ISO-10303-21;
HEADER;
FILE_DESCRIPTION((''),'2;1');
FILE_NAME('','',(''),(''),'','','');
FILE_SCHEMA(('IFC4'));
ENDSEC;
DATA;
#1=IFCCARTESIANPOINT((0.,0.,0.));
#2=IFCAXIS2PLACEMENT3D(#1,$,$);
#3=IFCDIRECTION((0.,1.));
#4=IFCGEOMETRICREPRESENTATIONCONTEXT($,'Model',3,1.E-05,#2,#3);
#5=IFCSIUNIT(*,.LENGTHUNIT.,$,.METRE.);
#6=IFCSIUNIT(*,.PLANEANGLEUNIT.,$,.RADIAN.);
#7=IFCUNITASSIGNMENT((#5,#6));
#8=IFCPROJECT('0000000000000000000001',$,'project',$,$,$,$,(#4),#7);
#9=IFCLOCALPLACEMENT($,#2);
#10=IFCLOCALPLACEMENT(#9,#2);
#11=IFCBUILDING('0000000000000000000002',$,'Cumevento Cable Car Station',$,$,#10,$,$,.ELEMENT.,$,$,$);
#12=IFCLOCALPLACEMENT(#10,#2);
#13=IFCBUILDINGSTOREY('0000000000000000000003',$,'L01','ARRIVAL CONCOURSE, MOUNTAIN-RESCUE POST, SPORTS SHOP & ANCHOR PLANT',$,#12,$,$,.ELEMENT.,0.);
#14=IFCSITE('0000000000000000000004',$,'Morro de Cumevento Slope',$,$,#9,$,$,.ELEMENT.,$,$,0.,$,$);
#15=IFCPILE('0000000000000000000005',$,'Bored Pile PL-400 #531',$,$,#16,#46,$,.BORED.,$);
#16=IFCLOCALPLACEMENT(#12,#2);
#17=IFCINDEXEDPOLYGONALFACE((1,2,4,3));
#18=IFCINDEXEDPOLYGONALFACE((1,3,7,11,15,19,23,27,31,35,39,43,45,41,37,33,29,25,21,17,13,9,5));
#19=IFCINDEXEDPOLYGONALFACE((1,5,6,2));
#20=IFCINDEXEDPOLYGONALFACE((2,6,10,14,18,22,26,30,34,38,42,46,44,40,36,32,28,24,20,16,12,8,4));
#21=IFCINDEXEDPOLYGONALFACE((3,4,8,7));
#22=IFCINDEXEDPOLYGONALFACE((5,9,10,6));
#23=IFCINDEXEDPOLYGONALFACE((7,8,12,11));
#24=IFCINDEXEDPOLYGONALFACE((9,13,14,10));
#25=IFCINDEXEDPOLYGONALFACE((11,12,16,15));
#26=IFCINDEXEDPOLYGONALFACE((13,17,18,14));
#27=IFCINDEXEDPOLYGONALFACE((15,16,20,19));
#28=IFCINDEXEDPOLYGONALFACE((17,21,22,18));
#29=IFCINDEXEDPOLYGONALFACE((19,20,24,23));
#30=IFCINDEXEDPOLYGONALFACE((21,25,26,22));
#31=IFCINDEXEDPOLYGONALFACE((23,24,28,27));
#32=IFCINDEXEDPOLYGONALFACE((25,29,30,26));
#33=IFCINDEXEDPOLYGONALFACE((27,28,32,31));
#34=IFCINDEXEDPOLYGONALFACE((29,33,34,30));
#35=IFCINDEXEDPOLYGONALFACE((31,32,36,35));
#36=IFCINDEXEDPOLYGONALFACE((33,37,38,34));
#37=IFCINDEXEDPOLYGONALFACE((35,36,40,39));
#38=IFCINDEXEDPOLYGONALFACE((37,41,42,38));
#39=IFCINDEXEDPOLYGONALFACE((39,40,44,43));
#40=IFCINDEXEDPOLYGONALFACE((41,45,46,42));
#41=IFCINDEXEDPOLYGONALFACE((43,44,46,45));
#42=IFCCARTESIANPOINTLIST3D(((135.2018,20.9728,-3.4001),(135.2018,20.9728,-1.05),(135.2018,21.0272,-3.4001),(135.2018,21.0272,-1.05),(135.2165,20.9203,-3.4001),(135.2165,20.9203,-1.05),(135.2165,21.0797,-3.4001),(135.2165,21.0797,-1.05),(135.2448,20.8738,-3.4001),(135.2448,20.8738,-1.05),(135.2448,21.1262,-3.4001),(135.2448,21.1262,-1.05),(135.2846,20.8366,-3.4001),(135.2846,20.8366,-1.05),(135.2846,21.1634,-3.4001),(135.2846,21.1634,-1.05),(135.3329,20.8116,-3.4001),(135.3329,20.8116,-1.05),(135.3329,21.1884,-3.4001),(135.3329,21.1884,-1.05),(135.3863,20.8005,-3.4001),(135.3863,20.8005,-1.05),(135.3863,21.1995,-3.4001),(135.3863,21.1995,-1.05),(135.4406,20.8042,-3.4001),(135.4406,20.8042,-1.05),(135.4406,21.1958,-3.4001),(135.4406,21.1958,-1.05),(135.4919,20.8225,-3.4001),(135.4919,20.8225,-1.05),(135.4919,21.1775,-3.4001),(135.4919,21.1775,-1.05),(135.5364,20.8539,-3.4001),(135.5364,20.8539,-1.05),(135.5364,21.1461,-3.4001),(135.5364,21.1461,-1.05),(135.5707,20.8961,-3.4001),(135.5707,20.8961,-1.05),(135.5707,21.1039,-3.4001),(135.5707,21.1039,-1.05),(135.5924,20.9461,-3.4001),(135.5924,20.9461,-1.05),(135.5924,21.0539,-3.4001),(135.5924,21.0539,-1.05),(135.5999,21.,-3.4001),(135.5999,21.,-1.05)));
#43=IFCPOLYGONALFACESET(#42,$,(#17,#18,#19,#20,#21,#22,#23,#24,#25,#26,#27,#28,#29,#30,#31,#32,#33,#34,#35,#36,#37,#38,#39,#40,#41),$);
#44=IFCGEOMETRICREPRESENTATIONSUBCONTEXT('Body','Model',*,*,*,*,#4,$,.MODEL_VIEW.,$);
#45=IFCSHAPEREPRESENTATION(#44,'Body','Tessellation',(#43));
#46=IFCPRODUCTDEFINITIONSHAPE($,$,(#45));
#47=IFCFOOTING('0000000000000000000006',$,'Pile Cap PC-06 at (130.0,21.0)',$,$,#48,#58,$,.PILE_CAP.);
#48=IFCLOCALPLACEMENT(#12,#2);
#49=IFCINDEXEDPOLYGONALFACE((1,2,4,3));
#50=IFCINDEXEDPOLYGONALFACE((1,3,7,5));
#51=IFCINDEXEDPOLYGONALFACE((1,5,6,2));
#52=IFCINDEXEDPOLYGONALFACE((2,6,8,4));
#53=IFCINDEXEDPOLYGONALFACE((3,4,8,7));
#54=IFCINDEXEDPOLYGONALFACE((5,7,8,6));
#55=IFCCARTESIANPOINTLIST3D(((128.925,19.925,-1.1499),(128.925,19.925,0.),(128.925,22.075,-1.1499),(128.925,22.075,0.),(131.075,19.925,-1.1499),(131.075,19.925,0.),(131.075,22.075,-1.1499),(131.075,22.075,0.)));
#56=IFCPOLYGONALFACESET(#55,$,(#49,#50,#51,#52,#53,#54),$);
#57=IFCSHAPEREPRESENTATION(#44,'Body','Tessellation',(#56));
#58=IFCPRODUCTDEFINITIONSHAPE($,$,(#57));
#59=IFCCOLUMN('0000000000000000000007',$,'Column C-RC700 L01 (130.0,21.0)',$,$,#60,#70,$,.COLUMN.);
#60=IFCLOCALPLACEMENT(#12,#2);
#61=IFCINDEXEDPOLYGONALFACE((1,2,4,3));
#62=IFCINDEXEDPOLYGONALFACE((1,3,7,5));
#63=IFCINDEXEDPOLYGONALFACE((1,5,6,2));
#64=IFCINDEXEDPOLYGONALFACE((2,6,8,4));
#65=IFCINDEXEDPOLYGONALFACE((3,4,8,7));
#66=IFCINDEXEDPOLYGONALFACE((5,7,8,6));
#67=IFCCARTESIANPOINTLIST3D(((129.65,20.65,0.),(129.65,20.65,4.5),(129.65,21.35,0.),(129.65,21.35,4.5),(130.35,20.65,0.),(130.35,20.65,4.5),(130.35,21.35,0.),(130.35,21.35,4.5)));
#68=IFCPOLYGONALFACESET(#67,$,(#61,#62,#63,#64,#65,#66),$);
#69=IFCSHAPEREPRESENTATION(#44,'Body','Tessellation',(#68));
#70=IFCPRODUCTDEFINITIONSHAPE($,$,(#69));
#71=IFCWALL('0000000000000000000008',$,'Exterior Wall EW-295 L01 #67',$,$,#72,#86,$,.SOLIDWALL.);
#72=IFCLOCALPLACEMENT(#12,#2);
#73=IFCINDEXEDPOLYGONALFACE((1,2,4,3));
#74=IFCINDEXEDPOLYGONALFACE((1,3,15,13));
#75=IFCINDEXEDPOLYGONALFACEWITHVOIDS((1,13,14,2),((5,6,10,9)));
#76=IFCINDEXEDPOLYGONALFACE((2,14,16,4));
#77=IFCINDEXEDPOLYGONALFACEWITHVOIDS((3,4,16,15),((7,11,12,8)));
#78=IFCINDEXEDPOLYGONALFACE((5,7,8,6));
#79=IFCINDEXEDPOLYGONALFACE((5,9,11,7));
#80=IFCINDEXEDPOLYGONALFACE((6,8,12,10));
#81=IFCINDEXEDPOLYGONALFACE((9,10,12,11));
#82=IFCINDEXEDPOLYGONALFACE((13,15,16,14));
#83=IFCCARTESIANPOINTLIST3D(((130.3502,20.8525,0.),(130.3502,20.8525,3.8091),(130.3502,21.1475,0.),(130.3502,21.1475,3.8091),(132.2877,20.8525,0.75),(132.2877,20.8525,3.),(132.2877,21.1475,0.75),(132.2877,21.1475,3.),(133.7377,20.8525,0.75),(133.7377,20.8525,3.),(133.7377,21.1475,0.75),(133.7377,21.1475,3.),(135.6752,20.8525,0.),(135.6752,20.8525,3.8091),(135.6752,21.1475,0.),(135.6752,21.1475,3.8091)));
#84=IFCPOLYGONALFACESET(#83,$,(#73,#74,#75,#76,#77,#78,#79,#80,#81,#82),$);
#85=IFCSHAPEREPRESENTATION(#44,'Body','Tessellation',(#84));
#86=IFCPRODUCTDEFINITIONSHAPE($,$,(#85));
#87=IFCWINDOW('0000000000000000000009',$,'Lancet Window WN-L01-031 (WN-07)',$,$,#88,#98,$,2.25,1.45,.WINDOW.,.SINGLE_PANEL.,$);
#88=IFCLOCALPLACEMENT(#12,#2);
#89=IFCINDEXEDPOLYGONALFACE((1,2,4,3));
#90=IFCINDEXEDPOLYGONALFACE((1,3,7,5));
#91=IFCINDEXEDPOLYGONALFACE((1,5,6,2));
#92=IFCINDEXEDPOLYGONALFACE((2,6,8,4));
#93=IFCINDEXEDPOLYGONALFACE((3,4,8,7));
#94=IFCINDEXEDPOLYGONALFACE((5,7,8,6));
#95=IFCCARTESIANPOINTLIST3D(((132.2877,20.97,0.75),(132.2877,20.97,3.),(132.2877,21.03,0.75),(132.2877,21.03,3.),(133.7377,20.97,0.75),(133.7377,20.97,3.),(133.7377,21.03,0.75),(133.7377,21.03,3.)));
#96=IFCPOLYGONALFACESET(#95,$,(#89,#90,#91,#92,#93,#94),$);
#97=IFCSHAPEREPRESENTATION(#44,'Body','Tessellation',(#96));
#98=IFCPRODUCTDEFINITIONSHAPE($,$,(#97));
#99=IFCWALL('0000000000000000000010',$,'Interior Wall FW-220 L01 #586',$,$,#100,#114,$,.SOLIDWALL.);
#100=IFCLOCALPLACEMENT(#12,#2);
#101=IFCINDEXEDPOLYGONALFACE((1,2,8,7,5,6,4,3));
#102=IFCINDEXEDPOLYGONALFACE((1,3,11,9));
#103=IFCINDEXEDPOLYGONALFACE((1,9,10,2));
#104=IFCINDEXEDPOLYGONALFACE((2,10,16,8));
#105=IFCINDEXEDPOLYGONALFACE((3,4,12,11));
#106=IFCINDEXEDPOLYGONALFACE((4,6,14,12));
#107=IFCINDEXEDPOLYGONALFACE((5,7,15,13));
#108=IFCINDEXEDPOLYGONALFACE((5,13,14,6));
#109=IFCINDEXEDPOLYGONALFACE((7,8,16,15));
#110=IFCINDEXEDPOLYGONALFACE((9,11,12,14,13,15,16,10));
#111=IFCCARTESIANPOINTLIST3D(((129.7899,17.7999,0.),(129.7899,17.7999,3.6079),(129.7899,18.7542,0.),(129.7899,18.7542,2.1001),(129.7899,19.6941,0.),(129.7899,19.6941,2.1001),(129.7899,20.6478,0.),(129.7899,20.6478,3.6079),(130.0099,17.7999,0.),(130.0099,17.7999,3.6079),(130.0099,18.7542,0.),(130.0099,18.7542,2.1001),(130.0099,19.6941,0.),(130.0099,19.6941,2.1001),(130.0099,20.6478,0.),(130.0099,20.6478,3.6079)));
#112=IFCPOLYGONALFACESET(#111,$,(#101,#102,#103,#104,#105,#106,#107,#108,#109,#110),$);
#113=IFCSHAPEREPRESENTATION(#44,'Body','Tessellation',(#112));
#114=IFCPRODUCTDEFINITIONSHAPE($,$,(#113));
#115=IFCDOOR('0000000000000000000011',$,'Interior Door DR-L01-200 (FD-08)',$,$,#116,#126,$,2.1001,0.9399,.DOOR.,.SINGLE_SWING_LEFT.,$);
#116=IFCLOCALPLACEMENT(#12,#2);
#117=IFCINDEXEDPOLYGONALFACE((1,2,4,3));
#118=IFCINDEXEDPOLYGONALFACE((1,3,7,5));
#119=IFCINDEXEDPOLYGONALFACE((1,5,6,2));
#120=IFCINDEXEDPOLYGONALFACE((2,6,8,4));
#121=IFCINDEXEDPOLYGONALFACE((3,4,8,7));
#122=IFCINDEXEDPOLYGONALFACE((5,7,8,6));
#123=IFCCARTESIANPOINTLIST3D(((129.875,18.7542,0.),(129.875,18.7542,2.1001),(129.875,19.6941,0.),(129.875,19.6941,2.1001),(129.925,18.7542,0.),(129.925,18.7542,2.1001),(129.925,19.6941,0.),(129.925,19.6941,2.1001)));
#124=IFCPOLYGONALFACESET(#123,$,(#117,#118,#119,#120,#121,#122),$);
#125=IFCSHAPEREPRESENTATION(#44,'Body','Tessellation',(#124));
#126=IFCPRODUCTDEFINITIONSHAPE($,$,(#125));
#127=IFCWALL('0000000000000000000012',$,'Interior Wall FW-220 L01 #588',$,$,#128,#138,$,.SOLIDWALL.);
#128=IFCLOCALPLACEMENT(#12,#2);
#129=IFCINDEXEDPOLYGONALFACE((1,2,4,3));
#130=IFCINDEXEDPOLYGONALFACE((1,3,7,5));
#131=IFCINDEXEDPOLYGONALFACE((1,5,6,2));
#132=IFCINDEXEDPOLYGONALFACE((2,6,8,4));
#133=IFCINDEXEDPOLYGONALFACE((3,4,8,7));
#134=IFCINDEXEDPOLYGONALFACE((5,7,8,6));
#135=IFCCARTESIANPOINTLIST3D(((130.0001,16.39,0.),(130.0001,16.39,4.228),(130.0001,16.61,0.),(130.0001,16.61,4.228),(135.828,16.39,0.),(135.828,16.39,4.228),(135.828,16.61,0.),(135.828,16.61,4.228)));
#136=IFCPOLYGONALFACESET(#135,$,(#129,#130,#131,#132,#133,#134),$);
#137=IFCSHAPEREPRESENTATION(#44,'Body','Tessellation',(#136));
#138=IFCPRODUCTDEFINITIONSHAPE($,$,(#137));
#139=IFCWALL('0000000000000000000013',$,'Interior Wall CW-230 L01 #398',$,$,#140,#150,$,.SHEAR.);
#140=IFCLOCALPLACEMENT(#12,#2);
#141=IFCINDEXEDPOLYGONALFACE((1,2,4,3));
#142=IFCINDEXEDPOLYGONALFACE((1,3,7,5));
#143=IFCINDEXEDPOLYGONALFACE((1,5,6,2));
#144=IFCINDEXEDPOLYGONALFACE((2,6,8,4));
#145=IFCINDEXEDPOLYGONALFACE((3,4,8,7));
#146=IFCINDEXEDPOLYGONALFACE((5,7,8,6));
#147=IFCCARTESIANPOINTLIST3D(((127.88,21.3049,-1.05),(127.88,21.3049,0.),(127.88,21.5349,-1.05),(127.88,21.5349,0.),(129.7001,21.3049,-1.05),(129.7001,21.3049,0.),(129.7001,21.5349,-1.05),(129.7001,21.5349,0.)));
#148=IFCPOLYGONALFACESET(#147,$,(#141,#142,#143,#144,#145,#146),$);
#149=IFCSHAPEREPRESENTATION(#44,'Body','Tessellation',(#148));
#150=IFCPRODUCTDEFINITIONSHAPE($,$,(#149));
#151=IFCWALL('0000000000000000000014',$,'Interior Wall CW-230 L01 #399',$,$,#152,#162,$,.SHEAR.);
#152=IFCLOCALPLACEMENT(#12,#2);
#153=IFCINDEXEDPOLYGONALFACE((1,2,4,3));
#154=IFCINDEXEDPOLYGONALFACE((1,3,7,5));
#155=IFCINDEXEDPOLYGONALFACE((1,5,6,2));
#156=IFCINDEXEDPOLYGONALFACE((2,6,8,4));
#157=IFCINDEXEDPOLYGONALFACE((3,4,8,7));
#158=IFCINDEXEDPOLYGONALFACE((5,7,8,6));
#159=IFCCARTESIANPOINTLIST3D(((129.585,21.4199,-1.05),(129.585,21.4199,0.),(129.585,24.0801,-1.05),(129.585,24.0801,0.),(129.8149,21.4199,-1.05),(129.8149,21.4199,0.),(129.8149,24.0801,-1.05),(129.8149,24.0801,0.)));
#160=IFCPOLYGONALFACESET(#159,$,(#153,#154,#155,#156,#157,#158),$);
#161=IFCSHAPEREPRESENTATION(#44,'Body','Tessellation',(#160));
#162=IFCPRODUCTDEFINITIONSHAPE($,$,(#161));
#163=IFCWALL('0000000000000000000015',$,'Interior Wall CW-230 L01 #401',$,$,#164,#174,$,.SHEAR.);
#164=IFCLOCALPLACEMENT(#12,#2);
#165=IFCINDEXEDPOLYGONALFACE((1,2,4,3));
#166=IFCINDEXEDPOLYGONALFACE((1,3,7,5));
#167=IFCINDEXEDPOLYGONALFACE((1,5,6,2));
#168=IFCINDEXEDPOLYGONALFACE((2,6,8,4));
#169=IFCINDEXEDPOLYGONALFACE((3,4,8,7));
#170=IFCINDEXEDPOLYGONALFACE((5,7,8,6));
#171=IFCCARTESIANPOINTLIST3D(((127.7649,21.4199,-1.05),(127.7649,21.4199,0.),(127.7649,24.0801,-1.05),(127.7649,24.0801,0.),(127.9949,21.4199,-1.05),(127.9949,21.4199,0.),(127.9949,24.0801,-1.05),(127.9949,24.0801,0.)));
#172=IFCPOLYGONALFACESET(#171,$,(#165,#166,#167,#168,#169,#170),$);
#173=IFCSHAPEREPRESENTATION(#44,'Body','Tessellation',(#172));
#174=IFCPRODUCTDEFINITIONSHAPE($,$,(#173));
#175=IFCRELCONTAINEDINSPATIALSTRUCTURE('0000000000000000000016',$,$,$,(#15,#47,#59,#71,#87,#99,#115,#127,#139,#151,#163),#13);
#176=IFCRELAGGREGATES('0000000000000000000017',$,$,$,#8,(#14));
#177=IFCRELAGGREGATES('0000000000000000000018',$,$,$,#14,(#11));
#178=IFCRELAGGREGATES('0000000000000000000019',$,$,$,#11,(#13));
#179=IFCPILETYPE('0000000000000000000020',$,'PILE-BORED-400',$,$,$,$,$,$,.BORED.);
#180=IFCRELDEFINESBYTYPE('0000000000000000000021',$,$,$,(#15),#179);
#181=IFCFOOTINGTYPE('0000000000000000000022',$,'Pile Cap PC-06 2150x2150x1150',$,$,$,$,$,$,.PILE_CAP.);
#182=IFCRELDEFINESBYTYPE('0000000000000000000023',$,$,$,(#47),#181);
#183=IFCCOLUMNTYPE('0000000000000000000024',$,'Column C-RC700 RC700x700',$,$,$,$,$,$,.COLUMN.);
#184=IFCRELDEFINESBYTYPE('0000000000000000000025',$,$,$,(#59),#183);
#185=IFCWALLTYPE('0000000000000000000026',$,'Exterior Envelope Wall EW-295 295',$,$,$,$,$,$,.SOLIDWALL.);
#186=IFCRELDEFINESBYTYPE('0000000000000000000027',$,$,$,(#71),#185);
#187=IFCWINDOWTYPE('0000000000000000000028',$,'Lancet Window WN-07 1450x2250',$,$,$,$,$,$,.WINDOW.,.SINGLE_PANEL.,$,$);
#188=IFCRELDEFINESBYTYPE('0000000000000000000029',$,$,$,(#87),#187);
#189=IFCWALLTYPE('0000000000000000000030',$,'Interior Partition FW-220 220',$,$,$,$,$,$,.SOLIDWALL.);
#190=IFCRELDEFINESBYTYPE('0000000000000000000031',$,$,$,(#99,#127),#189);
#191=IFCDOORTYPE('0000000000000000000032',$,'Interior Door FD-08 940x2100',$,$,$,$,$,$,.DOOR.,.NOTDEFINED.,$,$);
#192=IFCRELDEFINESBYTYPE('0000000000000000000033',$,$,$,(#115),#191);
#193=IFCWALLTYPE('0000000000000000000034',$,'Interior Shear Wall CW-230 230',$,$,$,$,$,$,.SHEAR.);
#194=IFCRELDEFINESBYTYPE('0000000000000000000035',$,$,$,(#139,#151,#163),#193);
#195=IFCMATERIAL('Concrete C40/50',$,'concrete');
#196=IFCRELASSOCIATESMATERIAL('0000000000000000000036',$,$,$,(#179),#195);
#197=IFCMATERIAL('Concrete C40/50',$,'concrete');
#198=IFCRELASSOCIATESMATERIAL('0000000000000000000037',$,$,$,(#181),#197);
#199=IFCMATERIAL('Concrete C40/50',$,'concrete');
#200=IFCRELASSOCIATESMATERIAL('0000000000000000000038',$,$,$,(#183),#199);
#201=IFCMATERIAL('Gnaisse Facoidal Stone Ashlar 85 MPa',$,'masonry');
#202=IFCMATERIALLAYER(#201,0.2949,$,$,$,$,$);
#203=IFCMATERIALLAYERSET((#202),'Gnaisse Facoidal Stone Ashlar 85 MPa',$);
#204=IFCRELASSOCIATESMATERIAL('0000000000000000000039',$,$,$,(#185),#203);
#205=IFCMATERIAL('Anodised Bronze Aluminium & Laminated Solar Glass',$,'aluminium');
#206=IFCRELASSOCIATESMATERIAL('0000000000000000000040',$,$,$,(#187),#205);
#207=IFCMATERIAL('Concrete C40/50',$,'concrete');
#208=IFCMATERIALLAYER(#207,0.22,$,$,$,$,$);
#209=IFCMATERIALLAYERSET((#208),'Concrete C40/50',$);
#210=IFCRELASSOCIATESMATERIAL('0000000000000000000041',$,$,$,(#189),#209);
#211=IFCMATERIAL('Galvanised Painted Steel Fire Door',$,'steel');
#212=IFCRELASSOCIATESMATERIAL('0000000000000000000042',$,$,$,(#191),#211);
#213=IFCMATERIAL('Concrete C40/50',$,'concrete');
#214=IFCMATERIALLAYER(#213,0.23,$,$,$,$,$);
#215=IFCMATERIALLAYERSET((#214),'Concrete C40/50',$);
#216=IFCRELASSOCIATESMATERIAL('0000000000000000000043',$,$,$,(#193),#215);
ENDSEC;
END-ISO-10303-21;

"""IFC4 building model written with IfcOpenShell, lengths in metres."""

from ifc_helpers import new_model, si_unit, direction, frame, frame_2d, origin, origin_2d, place, context, subcontext, project, spatial, rectangle, circle, extrude, material, layer, layer_set, material_profile, profile_set, type_object, element, fill, save


model = new_model("IFC4")

# Units and contexts
model_context = context("Model", 3, precision=1e-05, world=origin(), true_north=direction((0.0, 1.0)))
body_context = subcontext(model_context, "Body", "Model", "MODEL_VIEW")
ifc_project = project(units=[si_unit("LENGTHUNIT", "METRE"), si_unit("PLANEANGLEUNIT", "RADIAN")], contexts=[model_context])

# Site, building, storey
site_placement = place(None, origin())
site = spatial("IfcSite", under=ifc_project, at=site_placement, Name="Morro de Cumevento Slope", CompositionType="ELEMENT", RefElevation=0.0)
building_placement = place(site_placement, origin())
building = spatial("IfcBuilding", under=site, at=building_placement, Name="Cumevento Cable Car Station", CompositionType="ELEMENT")
storey_placement = place(building_placement, origin())
storey = spatial("IfcBuildingStorey", under=building, at=storey_placement, Name="L01", Description="ARRIVAL CONCOURSE, MOUNTAIN-RESCUE POST, SPORTS SHOP & ANCHOR PLANT", CompositionType="ELEMENT", Elevation=0.0)

# Pile
ifc_material_1 = material(Name="Concrete C40/50", Category="concrete")
ifc_material_profile_1 = material_profile(ifc_material_1, circle(Radius=0.2, at=origin_2d()), Name="PILE-D400")
ifc_profile_set_1 = profile_set([ifc_material_profile_1], Name="Concrete C40/50")
pile_type = type_object("IfcPileType", Name="PILE-BORED-400", PredefinedType="BORED", material=ifc_profile_set_1)
pile_placement = place(storey_placement, frame((135.3999, 21.0, -1.05), z_axis=(0.0, 0.0, -1.0), x_axis=(1.0, 0.0, 0.0)))
element("IfcPile", 1, at=pile_placement, inside=storey, type_object=pile_type, Name="Bored Pile PL-400 #531", PredefinedType="BORED", context=body_context, shape_type="SweptSolid", body=[
    extrude(circle(Radius=0.2, at=origin_2d()), origin(), (0.0, 0.0, 1.0), 2.3501),
])

# Footing
ifc_material_2 = material(Name="Concrete C40/50", Category="concrete")
footing_type = type_object("IfcFootingType", Name="Pile Cap PC-06 2150x2150x1150", PredefinedType="PILE_CAP", material=ifc_material_2)
footing_placement = place(storey_placement, frame((130.0, 21.0, -1.1499), z_axis=(0.0, 0.0, 1.0), x_axis=(1.0, 0.0, 0.0)))
element("IfcFooting", 2, at=footing_placement, inside=storey, type_object=footing_type, Name="Pile Cap PC-06 at (130.0,21.0)", PredefinedType="PILE_CAP", context=body_context, shape_type="SweptSolid", body=[
    extrude(rectangle(XDim=2.1499, YDim=2.1499, at=origin_2d()), origin(), (0.0, 0.0, 1.0), 1.1499),
])

# Column
ifc_material_3 = material(Name="Concrete C40/50", Category="concrete")
ifc_material_profile_2 = material_profile(ifc_material_3, rectangle(XDim=0.7, YDim=0.7, at=origin_2d()), Name="RC700x700")
ifc_profile_set_2 = profile_set([ifc_material_profile_2], Name="Concrete C40/50")
column_type = type_object("IfcColumnType", Name="Column C-RC700 RC700x700", PredefinedType="COLUMN", material=ifc_profile_set_2)
column_placement = place(storey_placement, frame((130.0, 21.0, 0.0), z_axis=(0.0, 0.0, 1.0), x_axis=(1.0, 0.0, 0.0)))
element("IfcColumn", 3, at=column_placement, inside=storey, type_object=column_type, Name="Column C-RC700 L01 (130.0,21.0)", PredefinedType="COLUMN", context=body_context, shape_type="SweptSolid", body=[
    extrude(rectangle(XDim=0.7, YDim=0.7, at=origin_2d()), origin(), (0.0, 0.0, 1.0), 4.5),
])

# Wall, opening, window
ifc_material_4 = material(Name="Gnaisse Facoidal Stone Ashlar 85 MPa", Category="masonry")
ifc_layer_1 = layer(ifc_material_4, 0.2949)
ifc_layer_set_1 = layer_set([ifc_layer_1], Name="Gnaisse Facoidal Stone Ashlar 85 MPa")
wall_type_1 = type_object("IfcWallType", Name="Exterior Envelope Wall EW-295 295", PredefinedType="SOLIDWALL", material=ifc_layer_set_1)
wall_1_placement = place(storey_placement, frame((130.3501, 21.0, 0.0), z_axis=(0.0, 0.0, 1.0), x_axis=(1.0, 0.0, 0.0)))
wall_1 = element("IfcWall", 4, at=wall_1_placement, inside=storey, type_object=wall_type_1, Name="Exterior Wall EW-295 L01 #67", PredefinedType="SOLIDWALL", context=body_context, shape_type="SweptSolid", body=[
    extrude(rectangle(XDim=5.325, YDim=0.2949, at=frame_2d((2.6626, 0.0))), origin(), (0.0, 0.0, 1.0), 3.8091),
])
opening_1_placement = place(wall_1_placement, frame((1.9375, 0.0, 0.75)))
opening_1 = element("IfcOpeningElement", 5, at=opening_1_placement, cuts=wall_1, PredefinedType="OPENING", context=body_context, shape_type="SweptSolid", body=[
    extrude(rectangle(XDim=1.45, YDim=2.25, at=frame_2d((0.7251, 1.125))), frame((0.0, 0.1575, 0.0), z_axis=(0.0, -1.0, 0.0), x_axis=(1.0, 0.0, 0.0)), (0.0, 0.0, 1.0), 0.3149),
])
ifc_material_5 = material(Name="Anodised Bronze Aluminium & Laminated Solar Glass", Category="aluminium")
window_type = type_object("IfcWindowType", Name="Lancet Window WN-07 1450x2250", PartitioningType="SINGLE_PANEL", PredefinedType="WINDOW", material=ifc_material_5)
window_placement = place(opening_1_placement, origin())
window = element("IfcWindow", 6, at=window_placement, inside=storey, type_object=window_type, Name="Lancet Window WN-L01-031 (WN-07)", OverallHeight=2.25, OverallWidth=1.45, PartitioningType="SINGLE_PANEL", PredefinedType="WINDOW", context=body_context, shape_type="SweptSolid", body=[
    extrude(rectangle(XDim=1.45, YDim=2.25, at=frame_2d((0.7251, 1.125))), frame((0.0, 0.03, 0.0), z_axis=(0.0, -1.0, 0.0), x_axis=(1.0, 0.0, 0.0)), (0.0, 0.0, 1.0), 0.0601),
])
fill(opening_1, window)

# Wall, opening, door
ifc_material_6 = material(Name="Concrete C40/50", Category="concrete")
ifc_layer_2 = layer(ifc_material_6, 0.22)
ifc_layer_set_2 = layer_set([ifc_layer_2], Name="Concrete C40/50")
wall_type_2 = type_object("IfcWallType", Name="Interior Partition FW-220 220", PredefinedType="SOLIDWALL", material=ifc_layer_set_2)
wall_2_placement = place(storey_placement, frame((129.8999, 17.8, 0.0), z_axis=(0.0, 0.0, 1.0), x_axis=(0.0, 1.0, 0.0)))
wall_2 = element("IfcWall", 7, at=wall_2_placement, inside=storey, type_object=wall_type_2, Name="Interior Wall FW-220 L01 #586", PredefinedType="SOLIDWALL", context=body_context, shape_type="SweptSolid", body=[
    extrude(rectangle(XDim=2.8479, YDim=0.22, at=frame_2d((1.4238, 0.0))), origin(), (0.0, 0.0, 1.0), 3.6079),
])
opening_2_placement = place(wall_2_placement, frame((0.9541, 0.0, 0.0)))
opening_2 = element("IfcOpeningElement", 8, at=opening_2_placement, cuts=wall_2, PredefinedType="OPENING", context=body_context, shape_type="SweptSolid", body=[
    extrude(rectangle(XDim=0.9399, YDim=2.1001, at=frame_2d((0.47, 1.05))), frame((0.0, 0.1199, 0.0), z_axis=(0.0, -1.0, 0.0), x_axis=(1.0, 0.0, 0.0)), (0.0, 0.0, 1.0), 0.24),
])
ifc_material_7 = material(Name="Galvanised Painted Steel Fire Door", Category="steel")
door_type_1 = type_object("IfcDoorType", Name="Interior Door FD-08 940x2100", OperationType="NOTDEFINED", PredefinedType="DOOR", material=ifc_material_7)
door_1_placement = place(opening_2_placement, origin())
door_1 = element("IfcDoor", 9, at=door_1_placement, inside=storey, type_object=door_type_1, Name="Interior Door DR-L01-200 (FD-08)", OperationType="SINGLE_SWING_LEFT", OverallHeight=2.1001, OverallWidth=0.9399, PredefinedType="DOOR", context=body_context, shape_type="SweptSolid", body=[
    extrude(rectangle(XDim=0.9399, YDim=2.1001, at=frame_2d((0.47, 1.05))), frame((0.0, 0.0249, 0.0), z_axis=(0.0, -1.0, 0.0), x_axis=(1.0, 0.0, 0.0)), (0.0, 0.0, 1.0), 0.05),
])
fill(opening_2, door_1)

# Walls
wall_3_placement = place(storey_placement, frame((130.0, 16.5, 0.0), z_axis=(0.0, 0.0, 1.0), x_axis=(1.0, 0.0, 0.0)))
element("IfcWall", 10, at=wall_3_placement, inside=storey, type_object=wall_type_2, Name="Interior Wall FW-220 L01 #588", PredefinedType="SOLIDWALL", context=body_context, shape_type="SweptSolid", body=[
    extrude(rectangle(XDim=5.8279, YDim=0.22, at=frame_2d((2.9141, 0.0))), origin(), (0.0, 0.0, 1.0), 4.228),
])
ifc_material_8 = material(Name="Concrete C40/50", Category="concrete")
ifc_layer_3 = layer(ifc_material_8, 0.23)
ifc_layer_set_3 = layer_set([ifc_layer_3], Name="Concrete C40/50")
wall_type_3 = type_object("IfcWallType", Name="Interior Shear Wall CW-230 230", PredefinedType="SHEAR", material=ifc_layer_set_3)
wall_4_placement = place(storey_placement, frame((127.8799, 21.4199, -1.05), z_axis=(0.0, 0.0, 1.0), x_axis=(1.0, 0.0, 0.0)))
element("IfcWall", 11, at=wall_4_placement, inside=storey, type_object=wall_type_3, Name="Interior Wall CW-230 L01 #398", PredefinedType="SHEAR", context=body_context, shape_type="SweptSolid", body=[
    extrude(rectangle(XDim=1.8201, YDim=0.23, at=frame_2d((0.9102, 0.0))), origin(), (0.0, 0.0, 1.0), 1.05),
])
for number, where, z_axis, x_axis, name in (
    (12, (129.7, 21.4199, -1.05), (0.0, 0.0, 1.0), (0.0, 1.0, 0.0), "Interior Wall CW-230 L01 #399"),
    (13, (127.8799, 24.0801, -1.05), (0.0, 0.0, 1.0), (0.0, -1.0, 0.0), "Interior Wall CW-230 L01 #401"),
):
    element("IfcWall", number, at=place(storey_placement, frame(where, z_axis=z_axis, x_axis=x_axis)), inside=storey, type_object=wall_type_3, Name=name, PredefinedType="SHEAR", context=body_context, shape_type="SweptSolid", body=[
        extrude(rectangle(XDim=2.6602, YDim=0.23, at=frame_2d((1.3301, 0.0))), origin(), (0.0, 0.0, 1.0), 1.05),
    ])

save(model, "model.ifc")
